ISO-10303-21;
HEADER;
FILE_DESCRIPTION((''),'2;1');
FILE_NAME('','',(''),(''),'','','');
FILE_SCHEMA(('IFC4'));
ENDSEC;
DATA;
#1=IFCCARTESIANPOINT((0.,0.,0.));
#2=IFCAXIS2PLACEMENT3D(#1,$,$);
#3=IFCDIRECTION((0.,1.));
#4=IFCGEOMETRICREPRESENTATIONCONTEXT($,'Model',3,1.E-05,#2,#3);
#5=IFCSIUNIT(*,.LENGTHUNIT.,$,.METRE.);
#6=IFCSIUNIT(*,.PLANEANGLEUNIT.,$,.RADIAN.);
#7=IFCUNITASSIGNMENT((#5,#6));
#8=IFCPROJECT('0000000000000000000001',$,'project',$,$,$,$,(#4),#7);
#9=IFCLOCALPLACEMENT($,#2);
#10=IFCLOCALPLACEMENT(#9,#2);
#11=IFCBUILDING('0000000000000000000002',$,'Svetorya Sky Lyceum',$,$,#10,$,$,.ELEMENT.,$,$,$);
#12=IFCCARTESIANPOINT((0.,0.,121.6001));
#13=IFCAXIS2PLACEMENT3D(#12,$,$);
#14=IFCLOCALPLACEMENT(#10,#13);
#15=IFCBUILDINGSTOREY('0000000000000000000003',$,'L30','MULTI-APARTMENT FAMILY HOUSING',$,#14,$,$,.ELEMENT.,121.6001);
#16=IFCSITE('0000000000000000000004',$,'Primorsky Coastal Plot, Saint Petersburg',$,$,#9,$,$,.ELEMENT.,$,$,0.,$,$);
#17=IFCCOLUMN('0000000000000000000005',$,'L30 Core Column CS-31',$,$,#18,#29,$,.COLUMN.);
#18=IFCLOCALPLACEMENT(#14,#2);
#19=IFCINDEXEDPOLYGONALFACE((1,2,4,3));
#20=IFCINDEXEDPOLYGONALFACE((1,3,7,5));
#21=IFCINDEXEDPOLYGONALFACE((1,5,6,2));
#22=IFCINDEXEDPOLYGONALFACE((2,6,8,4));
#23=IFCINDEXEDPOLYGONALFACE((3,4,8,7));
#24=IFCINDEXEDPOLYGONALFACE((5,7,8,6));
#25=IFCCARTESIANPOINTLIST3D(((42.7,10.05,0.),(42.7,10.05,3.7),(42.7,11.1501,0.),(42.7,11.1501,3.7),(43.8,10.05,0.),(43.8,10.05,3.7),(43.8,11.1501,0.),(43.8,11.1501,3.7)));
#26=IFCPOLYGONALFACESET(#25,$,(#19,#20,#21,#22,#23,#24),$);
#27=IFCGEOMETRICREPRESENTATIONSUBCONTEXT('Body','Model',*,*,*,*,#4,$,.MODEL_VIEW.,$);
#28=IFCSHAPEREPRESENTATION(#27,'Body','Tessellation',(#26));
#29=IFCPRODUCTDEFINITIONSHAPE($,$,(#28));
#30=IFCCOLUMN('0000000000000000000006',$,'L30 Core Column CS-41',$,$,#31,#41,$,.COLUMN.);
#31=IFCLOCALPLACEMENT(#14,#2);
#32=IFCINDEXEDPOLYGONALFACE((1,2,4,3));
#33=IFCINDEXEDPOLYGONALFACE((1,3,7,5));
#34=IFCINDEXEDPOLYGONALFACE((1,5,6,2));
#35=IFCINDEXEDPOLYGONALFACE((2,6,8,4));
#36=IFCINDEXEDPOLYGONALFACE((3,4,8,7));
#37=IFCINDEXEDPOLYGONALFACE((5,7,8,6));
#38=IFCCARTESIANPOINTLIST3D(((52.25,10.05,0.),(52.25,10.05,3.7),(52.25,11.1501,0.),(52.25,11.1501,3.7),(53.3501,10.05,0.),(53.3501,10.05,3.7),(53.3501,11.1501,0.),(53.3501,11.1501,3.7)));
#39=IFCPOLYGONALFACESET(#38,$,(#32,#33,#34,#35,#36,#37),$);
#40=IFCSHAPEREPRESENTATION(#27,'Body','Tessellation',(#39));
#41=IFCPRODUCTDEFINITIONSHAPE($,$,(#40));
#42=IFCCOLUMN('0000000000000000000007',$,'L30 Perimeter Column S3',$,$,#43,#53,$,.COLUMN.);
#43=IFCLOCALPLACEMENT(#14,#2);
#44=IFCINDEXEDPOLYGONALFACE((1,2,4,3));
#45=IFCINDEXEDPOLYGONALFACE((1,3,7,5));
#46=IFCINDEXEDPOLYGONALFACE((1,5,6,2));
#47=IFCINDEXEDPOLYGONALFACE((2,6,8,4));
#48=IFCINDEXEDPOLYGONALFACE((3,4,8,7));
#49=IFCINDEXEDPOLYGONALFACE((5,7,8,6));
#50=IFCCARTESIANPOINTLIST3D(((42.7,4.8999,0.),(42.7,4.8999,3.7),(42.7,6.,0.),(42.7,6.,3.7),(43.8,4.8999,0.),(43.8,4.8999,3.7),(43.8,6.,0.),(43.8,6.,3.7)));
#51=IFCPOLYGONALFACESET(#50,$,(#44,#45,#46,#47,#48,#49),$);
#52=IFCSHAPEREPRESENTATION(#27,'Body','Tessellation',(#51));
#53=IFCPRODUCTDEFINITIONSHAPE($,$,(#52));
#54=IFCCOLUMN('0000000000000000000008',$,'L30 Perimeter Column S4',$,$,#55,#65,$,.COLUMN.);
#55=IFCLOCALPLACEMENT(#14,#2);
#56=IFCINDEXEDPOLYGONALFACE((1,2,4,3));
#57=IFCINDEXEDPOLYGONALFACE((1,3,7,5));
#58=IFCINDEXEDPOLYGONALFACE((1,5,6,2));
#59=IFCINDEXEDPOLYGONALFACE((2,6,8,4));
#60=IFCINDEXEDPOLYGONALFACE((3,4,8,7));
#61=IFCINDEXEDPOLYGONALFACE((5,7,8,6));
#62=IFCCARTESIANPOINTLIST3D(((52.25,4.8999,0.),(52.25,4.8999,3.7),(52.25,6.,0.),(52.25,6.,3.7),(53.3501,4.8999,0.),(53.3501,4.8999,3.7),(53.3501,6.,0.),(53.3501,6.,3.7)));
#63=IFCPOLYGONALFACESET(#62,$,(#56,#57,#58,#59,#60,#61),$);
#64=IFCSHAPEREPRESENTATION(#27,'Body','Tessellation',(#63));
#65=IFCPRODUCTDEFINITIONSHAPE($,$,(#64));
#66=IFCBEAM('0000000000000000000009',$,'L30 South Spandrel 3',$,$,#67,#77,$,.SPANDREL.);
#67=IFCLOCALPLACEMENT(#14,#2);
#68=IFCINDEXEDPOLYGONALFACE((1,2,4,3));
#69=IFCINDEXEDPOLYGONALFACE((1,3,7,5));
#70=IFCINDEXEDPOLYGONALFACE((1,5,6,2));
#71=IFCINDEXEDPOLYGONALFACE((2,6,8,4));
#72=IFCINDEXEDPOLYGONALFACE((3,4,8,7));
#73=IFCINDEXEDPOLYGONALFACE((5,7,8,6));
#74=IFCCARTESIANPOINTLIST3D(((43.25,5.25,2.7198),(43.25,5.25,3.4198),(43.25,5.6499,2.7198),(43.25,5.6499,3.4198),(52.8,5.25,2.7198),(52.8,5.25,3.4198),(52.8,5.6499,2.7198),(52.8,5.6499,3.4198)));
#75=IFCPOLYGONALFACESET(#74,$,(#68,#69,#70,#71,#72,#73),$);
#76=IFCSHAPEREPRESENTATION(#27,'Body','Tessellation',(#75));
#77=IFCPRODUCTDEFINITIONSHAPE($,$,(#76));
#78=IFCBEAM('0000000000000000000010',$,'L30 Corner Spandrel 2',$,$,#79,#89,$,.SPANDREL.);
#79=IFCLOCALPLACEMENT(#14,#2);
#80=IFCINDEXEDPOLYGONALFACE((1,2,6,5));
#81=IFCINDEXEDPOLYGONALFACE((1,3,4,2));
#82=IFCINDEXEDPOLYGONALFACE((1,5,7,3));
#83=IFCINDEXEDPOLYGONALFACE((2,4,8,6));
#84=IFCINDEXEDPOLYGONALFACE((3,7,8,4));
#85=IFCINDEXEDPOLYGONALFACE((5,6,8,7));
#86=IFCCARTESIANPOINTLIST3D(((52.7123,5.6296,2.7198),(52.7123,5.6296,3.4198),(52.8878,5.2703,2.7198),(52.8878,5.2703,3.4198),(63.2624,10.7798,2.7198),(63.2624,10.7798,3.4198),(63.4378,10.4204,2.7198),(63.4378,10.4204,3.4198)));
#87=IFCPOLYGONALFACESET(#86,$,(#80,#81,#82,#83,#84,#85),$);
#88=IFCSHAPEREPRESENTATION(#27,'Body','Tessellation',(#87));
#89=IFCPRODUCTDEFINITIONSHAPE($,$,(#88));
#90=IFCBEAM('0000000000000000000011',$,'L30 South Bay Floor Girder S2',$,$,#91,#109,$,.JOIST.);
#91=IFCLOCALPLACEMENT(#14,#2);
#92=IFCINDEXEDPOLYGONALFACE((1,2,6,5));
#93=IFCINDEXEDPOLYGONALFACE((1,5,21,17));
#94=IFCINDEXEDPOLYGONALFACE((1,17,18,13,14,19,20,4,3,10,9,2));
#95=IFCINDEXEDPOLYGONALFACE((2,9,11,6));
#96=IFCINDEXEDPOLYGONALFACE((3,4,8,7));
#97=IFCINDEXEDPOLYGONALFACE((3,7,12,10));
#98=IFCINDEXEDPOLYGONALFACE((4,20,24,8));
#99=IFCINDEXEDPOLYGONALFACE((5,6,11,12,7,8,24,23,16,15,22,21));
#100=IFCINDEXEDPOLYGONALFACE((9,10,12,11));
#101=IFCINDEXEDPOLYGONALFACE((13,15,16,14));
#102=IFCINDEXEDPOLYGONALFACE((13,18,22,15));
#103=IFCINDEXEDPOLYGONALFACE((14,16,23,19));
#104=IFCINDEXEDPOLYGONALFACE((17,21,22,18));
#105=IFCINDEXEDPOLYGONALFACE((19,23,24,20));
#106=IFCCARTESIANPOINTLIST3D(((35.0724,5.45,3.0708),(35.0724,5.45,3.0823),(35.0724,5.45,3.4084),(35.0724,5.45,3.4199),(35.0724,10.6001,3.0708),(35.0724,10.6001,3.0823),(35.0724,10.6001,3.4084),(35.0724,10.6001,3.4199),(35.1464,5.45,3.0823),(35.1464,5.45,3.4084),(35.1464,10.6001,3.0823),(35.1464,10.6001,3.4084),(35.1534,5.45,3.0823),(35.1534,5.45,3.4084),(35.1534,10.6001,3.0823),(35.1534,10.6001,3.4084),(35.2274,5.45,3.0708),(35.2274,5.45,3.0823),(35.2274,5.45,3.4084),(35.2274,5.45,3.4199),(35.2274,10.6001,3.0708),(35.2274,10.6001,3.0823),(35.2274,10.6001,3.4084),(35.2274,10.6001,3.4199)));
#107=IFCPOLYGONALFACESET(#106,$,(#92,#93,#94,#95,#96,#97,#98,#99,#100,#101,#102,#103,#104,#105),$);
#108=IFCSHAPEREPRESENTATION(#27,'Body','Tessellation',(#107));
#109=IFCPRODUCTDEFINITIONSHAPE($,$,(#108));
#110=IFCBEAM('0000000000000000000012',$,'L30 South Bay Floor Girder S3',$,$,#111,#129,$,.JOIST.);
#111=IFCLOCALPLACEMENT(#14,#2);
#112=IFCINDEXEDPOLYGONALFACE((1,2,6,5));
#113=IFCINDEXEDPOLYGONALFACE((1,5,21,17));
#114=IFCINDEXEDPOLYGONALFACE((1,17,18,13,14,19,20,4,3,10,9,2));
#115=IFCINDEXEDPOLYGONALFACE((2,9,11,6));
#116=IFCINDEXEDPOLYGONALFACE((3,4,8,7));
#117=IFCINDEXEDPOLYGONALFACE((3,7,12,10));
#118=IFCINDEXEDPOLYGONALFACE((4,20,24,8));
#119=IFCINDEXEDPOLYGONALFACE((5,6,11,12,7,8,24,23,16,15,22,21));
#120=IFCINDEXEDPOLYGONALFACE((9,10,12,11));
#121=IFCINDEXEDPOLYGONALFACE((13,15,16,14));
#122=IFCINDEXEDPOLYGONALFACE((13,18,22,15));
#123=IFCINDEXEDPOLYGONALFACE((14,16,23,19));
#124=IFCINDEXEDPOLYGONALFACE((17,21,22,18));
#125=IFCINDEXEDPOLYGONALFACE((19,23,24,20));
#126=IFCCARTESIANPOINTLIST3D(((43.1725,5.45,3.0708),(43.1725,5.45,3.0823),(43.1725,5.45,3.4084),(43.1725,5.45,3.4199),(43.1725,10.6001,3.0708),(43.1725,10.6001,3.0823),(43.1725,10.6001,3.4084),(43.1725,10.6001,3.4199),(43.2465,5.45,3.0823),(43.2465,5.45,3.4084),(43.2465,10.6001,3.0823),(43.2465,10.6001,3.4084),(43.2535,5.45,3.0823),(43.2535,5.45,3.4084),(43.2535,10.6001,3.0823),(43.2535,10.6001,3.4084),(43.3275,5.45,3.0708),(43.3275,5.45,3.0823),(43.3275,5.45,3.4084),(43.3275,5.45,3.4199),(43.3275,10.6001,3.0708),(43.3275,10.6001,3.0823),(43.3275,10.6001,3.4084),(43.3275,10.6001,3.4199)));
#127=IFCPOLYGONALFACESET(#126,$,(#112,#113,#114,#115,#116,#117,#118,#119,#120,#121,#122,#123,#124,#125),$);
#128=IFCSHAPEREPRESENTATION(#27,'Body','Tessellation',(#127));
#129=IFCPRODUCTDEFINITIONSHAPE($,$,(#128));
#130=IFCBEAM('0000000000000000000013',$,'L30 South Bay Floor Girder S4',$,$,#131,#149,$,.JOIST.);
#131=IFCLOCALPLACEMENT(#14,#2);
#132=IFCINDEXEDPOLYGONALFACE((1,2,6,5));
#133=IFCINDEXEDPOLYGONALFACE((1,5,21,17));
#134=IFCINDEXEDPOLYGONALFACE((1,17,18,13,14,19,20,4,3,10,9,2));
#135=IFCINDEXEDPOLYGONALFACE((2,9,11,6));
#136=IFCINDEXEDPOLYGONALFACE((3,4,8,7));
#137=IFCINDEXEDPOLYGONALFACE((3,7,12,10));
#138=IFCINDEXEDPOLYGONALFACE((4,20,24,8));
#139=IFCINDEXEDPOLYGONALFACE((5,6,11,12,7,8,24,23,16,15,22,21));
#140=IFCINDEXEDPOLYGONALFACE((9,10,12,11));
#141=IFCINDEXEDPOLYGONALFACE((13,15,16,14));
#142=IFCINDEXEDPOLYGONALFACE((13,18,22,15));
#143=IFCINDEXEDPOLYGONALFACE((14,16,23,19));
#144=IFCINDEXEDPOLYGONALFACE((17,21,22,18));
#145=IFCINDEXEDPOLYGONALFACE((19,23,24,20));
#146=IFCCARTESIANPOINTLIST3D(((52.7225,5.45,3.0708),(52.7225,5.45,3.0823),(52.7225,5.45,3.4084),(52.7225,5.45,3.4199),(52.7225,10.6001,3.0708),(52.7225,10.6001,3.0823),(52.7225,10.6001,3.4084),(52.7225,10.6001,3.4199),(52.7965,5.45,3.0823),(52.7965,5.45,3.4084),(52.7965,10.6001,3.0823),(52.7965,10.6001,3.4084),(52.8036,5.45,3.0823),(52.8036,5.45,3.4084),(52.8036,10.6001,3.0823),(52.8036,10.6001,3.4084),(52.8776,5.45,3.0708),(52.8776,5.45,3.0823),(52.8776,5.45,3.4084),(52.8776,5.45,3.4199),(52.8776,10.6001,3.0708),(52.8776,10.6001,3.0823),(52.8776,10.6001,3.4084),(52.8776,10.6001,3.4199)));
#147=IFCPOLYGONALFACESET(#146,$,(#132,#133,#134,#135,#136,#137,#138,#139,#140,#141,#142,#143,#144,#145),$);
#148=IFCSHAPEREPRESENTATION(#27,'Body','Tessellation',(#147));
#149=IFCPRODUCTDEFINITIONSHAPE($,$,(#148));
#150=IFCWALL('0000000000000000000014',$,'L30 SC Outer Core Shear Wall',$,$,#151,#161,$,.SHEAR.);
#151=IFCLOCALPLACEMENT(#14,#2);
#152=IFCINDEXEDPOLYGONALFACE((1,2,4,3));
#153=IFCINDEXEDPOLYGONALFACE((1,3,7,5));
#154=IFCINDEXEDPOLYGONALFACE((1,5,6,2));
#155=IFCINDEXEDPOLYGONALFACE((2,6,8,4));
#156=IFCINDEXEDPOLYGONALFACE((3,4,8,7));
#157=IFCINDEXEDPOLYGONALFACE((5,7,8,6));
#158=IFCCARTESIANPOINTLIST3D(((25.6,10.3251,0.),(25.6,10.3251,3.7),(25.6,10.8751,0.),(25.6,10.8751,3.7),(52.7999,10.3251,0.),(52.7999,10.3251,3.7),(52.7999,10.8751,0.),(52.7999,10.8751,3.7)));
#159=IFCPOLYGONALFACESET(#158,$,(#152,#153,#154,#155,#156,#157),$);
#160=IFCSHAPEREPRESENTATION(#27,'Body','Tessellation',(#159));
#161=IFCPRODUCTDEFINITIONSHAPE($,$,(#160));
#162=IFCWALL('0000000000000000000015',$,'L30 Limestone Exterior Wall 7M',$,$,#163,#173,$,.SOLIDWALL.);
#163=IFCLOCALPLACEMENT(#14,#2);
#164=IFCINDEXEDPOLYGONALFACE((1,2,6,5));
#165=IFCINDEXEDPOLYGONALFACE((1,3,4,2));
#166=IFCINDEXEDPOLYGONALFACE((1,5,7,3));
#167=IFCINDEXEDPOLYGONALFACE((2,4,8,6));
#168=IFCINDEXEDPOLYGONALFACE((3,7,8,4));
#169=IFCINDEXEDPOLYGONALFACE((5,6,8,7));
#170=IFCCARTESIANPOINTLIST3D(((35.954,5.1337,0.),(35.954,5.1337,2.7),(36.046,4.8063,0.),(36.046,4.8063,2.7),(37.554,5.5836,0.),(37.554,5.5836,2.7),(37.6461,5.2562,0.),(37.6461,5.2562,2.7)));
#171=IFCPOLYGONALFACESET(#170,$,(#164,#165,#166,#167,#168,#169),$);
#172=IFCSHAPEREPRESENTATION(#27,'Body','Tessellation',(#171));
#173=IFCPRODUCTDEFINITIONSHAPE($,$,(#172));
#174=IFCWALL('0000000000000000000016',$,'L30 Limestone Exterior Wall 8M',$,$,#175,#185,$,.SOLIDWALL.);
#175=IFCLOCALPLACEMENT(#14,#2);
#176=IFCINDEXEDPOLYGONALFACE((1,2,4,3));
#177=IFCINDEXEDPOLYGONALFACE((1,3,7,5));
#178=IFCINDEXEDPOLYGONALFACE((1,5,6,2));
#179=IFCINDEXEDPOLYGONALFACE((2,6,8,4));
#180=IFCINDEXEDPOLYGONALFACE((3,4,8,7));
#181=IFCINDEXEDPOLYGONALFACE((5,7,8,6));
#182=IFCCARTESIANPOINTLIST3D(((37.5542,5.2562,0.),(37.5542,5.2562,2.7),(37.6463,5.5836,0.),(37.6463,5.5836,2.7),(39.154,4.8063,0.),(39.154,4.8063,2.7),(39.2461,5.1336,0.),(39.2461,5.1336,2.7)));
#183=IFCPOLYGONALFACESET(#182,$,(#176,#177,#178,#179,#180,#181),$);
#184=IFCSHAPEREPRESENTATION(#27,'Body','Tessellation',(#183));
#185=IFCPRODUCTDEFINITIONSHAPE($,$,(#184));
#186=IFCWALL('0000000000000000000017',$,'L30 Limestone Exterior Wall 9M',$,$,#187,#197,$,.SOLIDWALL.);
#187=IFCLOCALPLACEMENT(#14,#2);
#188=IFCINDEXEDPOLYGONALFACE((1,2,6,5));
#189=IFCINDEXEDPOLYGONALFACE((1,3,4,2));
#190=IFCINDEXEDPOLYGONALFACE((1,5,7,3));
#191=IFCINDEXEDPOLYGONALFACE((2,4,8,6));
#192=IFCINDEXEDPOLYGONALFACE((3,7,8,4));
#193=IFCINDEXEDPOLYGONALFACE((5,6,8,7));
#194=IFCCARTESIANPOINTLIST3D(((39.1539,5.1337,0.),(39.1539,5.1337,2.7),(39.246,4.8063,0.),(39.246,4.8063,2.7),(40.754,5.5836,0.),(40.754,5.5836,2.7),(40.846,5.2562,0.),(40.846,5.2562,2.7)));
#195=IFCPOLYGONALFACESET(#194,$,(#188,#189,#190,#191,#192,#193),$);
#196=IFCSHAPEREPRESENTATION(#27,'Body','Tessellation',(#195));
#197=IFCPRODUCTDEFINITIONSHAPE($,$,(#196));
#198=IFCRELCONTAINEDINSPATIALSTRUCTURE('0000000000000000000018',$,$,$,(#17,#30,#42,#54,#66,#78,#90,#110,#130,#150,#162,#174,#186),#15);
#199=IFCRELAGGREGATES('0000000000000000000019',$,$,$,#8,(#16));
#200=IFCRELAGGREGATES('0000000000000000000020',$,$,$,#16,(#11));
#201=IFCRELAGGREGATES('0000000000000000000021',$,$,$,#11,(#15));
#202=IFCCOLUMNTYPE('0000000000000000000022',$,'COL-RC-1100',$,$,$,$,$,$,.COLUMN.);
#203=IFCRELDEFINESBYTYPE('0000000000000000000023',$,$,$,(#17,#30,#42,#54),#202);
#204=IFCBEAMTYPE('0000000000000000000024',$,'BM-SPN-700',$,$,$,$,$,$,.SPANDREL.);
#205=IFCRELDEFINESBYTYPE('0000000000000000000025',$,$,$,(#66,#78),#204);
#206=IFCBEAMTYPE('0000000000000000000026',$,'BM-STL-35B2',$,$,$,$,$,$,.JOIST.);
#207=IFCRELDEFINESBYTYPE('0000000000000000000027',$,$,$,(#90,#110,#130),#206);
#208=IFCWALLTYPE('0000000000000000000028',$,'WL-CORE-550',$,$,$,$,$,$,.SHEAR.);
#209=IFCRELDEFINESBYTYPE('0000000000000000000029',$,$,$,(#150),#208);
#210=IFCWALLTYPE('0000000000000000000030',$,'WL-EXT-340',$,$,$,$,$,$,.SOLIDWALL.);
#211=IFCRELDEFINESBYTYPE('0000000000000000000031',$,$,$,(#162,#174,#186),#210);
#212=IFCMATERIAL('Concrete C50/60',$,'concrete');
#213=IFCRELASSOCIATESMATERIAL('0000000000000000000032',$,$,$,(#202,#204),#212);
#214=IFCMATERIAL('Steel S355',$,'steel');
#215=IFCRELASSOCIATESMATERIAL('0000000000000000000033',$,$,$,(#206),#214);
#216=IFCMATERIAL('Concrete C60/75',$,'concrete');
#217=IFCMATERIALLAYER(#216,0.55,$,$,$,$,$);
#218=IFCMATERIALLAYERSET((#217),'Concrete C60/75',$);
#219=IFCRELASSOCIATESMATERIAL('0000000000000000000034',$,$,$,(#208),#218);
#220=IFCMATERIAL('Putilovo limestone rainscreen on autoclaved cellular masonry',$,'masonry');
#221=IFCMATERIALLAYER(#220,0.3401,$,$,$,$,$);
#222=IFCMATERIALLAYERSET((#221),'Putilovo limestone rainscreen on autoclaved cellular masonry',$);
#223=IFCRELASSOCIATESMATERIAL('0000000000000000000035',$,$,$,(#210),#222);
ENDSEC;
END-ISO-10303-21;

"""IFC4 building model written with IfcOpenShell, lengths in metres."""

from ifc_helpers import new_model, si_unit, direction, frame, frame_2d, origin, origin_2d, place, context, subcontext, project, spatial, rectangle, i_section, extrude, material, layer, layer_set, material_profile, profile_set, type_object, element, save


model = new_model("IFC4")

# Units and contexts
model_context = context("Model", 3, precision=1e-05, world=origin(), true_north=direction((0.0, 1.0)))
body_context = subcontext(model_context, "Body", "Model", "MODEL_VIEW")
ifc_project = project(units=[si_unit("LENGTHUNIT", "METRE"), si_unit("PLANEANGLEUNIT", "RADIAN")], contexts=[model_context])

# Site, building, storey
site_placement = place(None, origin())
site = spatial("IfcSite", under=ifc_project, at=site_placement, Name="Primorsky Coastal Plot, Saint Petersburg", CompositionType="ELEMENT", RefElevation=0.0)
building_placement = place(site_placement, origin())
building = spatial("IfcBuilding", under=site, at=building_placement, Name="Svetorya Sky Lyceum", CompositionType="ELEMENT")
storey_placement = place(building_placement, frame((0.0, 0.0, 121.6001)))
storey = spatial("IfcBuildingStorey", under=building, at=storey_placement, Name="L30", Description="MULTI-APARTMENT FAMILY HOUSING", CompositionType="ELEMENT", Elevation=121.6001)

# Columns
ifc_material_1 = material(Name="Concrete C50/60", Category="concrete")
ifc_material_profile_1 = material_profile(ifc_material_1, rectangle(XDim=1.1001, YDim=1.1001, at=origin_2d()), Name="RC COL 1100x1100")
ifc_profile_set_1 = profile_set([ifc_material_profile_1], Name="Concrete C50/60")
column_type = type_object("IfcColumnType", Name="COL-RC-1100", PredefinedType="COLUMN", material=ifc_profile_set_1)
for number, where, z_axis, x_axis, name in (
    (1, (43.25, 10.6001, 0.0), (0.0, 0.0, 1.0), (1.0, 0.0, 0.0), "L30 Core Column CS-31"),
    (2, (52.8, 10.6001, 0.0), (0.0, 0.0, 1.0), (1.0, 0.0, 0.0), "L30 Core Column CS-41"),
    (3, (43.25, 5.45, 0.0), (0.0, 0.0, 1.0), (1.0, 0.0, 0.0), "L30 Perimeter Column S3"),
    (4, (52.8, 5.45, 0.0), (0.0, 0.0, 1.0), (1.0, 0.0, 0.0), "L30 Perimeter Column S4"),
):
    element("IfcColumn", number, at=place(storey_placement, frame(where, z_axis=z_axis, x_axis=x_axis)), inside=storey, type_object=column_type, Name=name, PredefinedType="COLUMN", context=body_context, shape_type="SweptSolid", body=[
        extrude(rectangle(XDim=1.1001, YDim=1.1001, at=origin_2d()), origin(), (0.0, 0.0, 1.0), 3.7),
    ])

# Beams
ifc_material_profile_2 = material_profile(ifc_material_1, rectangle(XDim=0.3999, YDim=0.7, at=origin_2d()), Name="RC SPANDREL 400x700")
ifc_profile_set_2 = profile_set([ifc_material_profile_2], Name="Concrete C50/60")
beam_type_1 = type_object("IfcBeamType", Name="BM-SPN-700", PredefinedType="SPANDREL", material=ifc_profile_set_2)
beam_1_placement = place(storey_placement, frame((43.25, 5.45, 3.0698), z_axis=(1.0, 0.0, 0.0), x_axis=(0.0, 1.0, 0.0)))
element("IfcBeam", 5, at=beam_1_placement, inside=storey, type_object=beam_type_1, Name="L30 South Spandrel 3", PredefinedType="SPANDREL", context=body_context, shape_type="SweptSolid", body=[
    extrude(rectangle(XDim=0.3999, YDim=0.7, at=origin_2d()), origin(), (0.0, 0.0, 1.0), 9.55),
])
beam_2_placement = place(storey_placement, frame((52.8, 5.45, 3.0698), z_axis=(0.898641, 0.438684, 0.0), x_axis=(-0.438684, 0.898641, 0.0)))
element("IfcBeam", 6, at=beam_2_placement, inside=storey, type_object=beam_type_1, Name="L30 Corner Spandrel 2", PredefinedType="SPANDREL", context=body_context, shape_type="SweptSolid", body=[
    extrude(rectangle(XDim=0.3999, YDim=0.7, at=origin_2d()), origin(), (0.0, 0.0, 1.0), 11.74),
])
ifc_material_2 = material(Name="Steel S355", Category="steel")
ifc_material_profile_3 = material_profile(ifc_material_2, i_section(OverallWidth=0.155, OverallDepth=0.3491, WebThickness=0.0071, FlangeThickness=0.0115, at=origin_2d()), Name="GOST 35B2")
ifc_profile_set_3 = profile_set([ifc_material_profile_3], Name="Steel S355")
beam_type_2 = type_object("IfcBeamType", Name="BM-STL-35B2", PredefinedType="JOIST", material=ifc_profile_set_3)
for number, where, z_axis, x_axis, name in (
    (7, (35.1499, 5.45, 3.2454), (0.0, 1.0, 0.0), (-1.0, 0.0, 0.0), "L30 South Bay Floor Girder S2"),
    (8, (43.25, 5.45, 3.2454), (0.0, 1.0, 0.0), (-1.0, 0.0, 0.0), "L30 South Bay Floor Girder S3"),
    (9, (52.8, 5.45, 3.2454), (0.0, 1.0, 0.0), (-1.0, 0.0, 0.0), "L30 South Bay Floor Girder S4"),
):
    element("IfcBeam", number, at=place(storey_placement, frame(where, z_axis=z_axis, x_axis=x_axis)), inside=storey, type_object=beam_type_2, Name=name, PredefinedType="JOIST", context=body_context, shape_type="SweptSolid", body=[
        extrude(i_section(OverallWidth=0.155, OverallDepth=0.3491, WebThickness=0.0071, FlangeThickness=0.0115, at=origin_2d()), origin(), (0.0, 0.0, 1.0), 5.1501),
    ])

# Walls
ifc_material_3 = material(Name="Concrete C60/75", Category="concrete")
ifc_layer_1 = layer(ifc_material_3, 0.55)
ifc_layer_set_1 = layer_set([ifc_layer_1], Name="Concrete C60/75")
wall_type_1 = type_object("IfcWallType", Name="WL-CORE-550", PredefinedType="SHEAR", material=ifc_layer_set_1)
wall_1_placement = place(storey_placement, frame((52.8, 10.6001, 0.0), z_axis=(0.0, 0.0, 1.0), x_axis=(-1.0, 0.0, 0.0)))
element("IfcWall", 10, at=wall_1_placement, inside=storey, type_object=wall_type_1, Name="L30 SC Outer Core Shear Wall", PredefinedType="SHEAR", context=body_context, shape_type="SweptSolid", body=[
    extrude(rectangle(XDim=27.2, YDim=0.55, at=frame_2d((13.6001, 0.0))), origin(), (0.0, 0.0, 1.0), 3.7),
])
ifc_material_4 = material(Name="Putilovo limestone rainscreen on autoclaved cellular masonry", Category="masonry")
ifc_layer_2 = layer(ifc_material_4, 0.3401)
ifc_layer_set_2 = layer_set([ifc_layer_2], Name="Putilovo limestone rainscreen on autoclaved cellular masonry")
wall_type_2 = type_object("IfcWallType", Name="WL-EXT-340", PredefinedType="SOLIDWALL", material=ifc_layer_set_2)
wall_2_placement = place(storey_placement, frame((36.0, 4.97, 0.0), z_axis=(0.0, 0.0, 1.0), x_axis=(0.962663, 0.270703, 0.0)))
element("IfcWall", 11, at=wall_2_placement, inside=storey, type_object=wall_type_2, Name="L30 Limestone Exterior Wall 7M", PredefinedType="SOLIDWALL", context=body_context, shape_type="SweptSolid", body=[
    extrude(rectangle(XDim=1.6621, YDim=0.3401, at=frame_2d((0.8311, 0.0))), origin(), (0.0, 0.0, 1.0), 2.7),
])
wall_3_placement = place(storey_placement, frame((37.6001, 5.4199, 0.0), z_axis=(0.0, 0.0, 1.0), x_axis=(0.962652, -0.270741, 0.0)))
element("IfcWall", 12, at=wall_3_placement, inside=storey, type_object=wall_type_2, Name="L30 Limestone Exterior Wall 8M", PredefinedType="SOLIDWALL", context=body_context, shape_type="SweptSolid", body=[
    extrude(rectangle(XDim=1.6619, YDim=0.3401, at=frame_2d((0.8311, 0.0))), origin(), (0.0, 0.0, 1.0), 2.7),
])
wall_4_placement = place(storey_placement, frame((39.2, 4.97, 0.0), z_axis=(0.0, 0.0, 1.0), x_axis=(0.962663, 0.270703, 0.0)))
element("IfcWall", 13, at=wall_4_placement, inside=storey, type_object=wall_type_2, Name="L30 Limestone Exterior Wall 9M", PredefinedType="SOLIDWALL", context=body_context, shape_type="SweptSolid", body=[
    extrude(rectangle(XDim=1.6621, YDim=0.3401, at=frame_2d((0.8311, 0.0))), origin(), (0.0, 0.0, 1.0), 2.7),
])

save(model, "model.ifc")
